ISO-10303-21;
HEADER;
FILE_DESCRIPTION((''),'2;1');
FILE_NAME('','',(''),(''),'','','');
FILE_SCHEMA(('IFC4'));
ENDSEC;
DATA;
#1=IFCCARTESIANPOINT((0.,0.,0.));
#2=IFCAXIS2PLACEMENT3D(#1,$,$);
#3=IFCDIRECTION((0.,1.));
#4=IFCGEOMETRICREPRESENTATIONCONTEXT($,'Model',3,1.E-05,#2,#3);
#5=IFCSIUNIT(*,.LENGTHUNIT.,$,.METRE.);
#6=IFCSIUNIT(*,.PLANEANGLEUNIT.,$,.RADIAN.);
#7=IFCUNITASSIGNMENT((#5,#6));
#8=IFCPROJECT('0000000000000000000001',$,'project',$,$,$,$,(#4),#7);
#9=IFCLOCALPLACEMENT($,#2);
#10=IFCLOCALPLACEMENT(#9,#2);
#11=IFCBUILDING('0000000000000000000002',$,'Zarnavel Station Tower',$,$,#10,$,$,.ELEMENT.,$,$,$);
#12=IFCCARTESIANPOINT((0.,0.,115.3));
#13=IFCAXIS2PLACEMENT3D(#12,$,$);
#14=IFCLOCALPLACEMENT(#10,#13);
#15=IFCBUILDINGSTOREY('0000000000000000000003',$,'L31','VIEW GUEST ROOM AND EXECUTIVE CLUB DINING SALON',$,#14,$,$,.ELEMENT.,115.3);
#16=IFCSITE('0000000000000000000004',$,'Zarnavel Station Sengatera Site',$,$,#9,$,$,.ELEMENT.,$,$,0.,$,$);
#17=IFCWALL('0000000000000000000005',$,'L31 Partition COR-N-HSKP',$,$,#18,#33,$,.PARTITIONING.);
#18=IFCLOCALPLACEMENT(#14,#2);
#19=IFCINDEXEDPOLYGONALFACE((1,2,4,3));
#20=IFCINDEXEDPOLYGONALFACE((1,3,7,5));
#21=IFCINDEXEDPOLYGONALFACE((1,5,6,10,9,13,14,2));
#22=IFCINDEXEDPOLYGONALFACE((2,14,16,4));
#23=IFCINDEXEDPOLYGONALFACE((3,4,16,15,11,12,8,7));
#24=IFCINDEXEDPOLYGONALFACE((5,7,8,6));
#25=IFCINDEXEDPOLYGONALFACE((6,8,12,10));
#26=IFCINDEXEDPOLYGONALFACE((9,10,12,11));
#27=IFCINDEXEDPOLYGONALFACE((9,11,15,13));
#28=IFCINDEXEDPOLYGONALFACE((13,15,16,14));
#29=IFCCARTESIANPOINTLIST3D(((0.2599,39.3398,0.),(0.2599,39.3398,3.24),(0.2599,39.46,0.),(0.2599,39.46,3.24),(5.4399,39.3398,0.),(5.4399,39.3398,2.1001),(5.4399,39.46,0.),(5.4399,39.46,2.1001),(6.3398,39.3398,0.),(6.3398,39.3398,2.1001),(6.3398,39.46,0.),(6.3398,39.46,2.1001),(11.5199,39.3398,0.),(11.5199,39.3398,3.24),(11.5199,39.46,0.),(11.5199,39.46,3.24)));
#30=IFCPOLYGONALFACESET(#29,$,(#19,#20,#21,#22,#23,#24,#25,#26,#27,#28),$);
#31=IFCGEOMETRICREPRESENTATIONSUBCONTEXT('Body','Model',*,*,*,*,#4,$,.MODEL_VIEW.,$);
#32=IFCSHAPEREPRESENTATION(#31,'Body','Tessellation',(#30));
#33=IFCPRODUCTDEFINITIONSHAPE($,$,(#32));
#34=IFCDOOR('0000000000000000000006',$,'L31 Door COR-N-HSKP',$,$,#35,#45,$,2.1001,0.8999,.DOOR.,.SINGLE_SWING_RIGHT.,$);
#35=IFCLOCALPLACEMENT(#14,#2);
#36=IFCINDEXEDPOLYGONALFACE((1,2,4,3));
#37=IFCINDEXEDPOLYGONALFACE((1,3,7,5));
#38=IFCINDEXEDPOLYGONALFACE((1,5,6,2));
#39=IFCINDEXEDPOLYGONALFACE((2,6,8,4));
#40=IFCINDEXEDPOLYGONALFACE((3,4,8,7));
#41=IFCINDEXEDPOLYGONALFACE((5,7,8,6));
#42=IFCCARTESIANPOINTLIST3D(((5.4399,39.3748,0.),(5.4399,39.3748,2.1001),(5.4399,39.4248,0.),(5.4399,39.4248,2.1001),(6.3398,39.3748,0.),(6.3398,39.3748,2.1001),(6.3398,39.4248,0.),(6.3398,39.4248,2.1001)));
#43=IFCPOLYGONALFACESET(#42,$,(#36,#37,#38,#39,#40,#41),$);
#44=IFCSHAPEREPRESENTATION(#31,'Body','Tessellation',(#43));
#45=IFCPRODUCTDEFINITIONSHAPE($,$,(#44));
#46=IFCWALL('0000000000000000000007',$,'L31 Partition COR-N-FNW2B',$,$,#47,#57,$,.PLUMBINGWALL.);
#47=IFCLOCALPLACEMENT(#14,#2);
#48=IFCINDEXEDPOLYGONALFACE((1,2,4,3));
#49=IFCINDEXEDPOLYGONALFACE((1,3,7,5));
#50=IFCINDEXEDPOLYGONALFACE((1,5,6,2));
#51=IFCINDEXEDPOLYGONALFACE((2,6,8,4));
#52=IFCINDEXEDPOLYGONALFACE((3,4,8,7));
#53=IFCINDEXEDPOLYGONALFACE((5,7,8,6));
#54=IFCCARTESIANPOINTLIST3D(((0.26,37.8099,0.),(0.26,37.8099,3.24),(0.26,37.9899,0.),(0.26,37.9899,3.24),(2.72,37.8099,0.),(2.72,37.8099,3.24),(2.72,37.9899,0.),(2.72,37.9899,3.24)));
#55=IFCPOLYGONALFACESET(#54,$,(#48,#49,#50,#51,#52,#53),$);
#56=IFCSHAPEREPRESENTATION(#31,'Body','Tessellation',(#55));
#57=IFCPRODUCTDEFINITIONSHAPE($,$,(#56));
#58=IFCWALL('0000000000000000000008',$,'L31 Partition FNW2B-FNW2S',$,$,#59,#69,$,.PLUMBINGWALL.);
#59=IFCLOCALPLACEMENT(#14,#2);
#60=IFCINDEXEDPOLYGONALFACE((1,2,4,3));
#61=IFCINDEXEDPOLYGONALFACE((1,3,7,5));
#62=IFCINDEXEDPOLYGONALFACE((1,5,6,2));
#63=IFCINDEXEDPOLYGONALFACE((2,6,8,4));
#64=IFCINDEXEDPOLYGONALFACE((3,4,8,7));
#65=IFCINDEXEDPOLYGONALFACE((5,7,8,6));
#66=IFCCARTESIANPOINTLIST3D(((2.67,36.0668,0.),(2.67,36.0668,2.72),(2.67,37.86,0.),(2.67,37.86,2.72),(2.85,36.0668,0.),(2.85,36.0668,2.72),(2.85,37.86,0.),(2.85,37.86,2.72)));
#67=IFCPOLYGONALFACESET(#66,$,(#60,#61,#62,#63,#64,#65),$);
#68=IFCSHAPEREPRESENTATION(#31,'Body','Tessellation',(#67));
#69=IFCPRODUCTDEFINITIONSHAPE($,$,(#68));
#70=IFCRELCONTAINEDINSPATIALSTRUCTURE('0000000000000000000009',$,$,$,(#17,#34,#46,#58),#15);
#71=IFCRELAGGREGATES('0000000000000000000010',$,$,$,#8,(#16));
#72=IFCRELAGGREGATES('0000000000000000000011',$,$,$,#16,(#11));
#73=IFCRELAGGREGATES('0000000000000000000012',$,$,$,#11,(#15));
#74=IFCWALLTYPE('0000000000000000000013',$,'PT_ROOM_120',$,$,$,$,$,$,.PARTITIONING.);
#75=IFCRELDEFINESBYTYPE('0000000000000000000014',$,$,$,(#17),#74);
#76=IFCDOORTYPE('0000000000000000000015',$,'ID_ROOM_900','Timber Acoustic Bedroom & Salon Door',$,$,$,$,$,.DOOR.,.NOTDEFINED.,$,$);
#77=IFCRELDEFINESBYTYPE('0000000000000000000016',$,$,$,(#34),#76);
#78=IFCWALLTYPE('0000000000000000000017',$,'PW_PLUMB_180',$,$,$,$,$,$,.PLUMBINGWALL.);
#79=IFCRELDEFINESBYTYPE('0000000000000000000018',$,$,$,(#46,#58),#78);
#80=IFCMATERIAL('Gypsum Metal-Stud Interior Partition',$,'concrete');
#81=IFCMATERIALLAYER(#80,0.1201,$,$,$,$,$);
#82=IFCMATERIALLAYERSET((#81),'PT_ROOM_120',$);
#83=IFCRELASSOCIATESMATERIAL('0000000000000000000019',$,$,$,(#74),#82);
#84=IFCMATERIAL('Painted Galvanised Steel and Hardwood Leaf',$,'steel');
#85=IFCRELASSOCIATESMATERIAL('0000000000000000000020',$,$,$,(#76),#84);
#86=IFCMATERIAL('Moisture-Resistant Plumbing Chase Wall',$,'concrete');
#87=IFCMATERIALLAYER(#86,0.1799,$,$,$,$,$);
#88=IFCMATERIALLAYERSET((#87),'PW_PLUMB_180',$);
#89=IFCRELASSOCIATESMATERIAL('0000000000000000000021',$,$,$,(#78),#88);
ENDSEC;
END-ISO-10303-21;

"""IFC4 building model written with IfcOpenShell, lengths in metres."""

from ifc_helpers import new_model, si_unit, direction, frame, frame_2d, origin, place, context, subcontext, project, spatial, rectangle, extrude, material, layer, layer_set, type_object, element, fill, save


model = new_model("IFC4")

# Units and contexts
model_context = context("Model", 3, precision=1e-05, world=origin(), true_north=direction((0.0, 1.0)))
body_context = subcontext(model_context, "Body", "Model", "MODEL_VIEW")
ifc_project = project(units=[si_unit("LENGTHUNIT", "METRE"), si_unit("PLANEANGLEUNIT", "RADIAN")], contexts=[model_context])

# Site, building, storey
site_placement = place(None, origin())
site = spatial("IfcSite", under=ifc_project, at=site_placement, Name="Zarnavel Station Sengatera Site", CompositionType="ELEMENT", RefElevation=0.0)
building_placement = place(site_placement, origin())
building = spatial("IfcBuilding", under=site, at=building_placement, Name="Zarnavel Station Tower", CompositionType="ELEMENT")
storey_placement = place(building_placement, frame((0.0, 0.0, 115.3)))
storey = spatial("IfcBuildingStorey", under=building, at=storey_placement, Name="L31", Description="VIEW GUEST ROOM AND EXECUTIVE CLUB DINING SALON", CompositionType="ELEMENT", Elevation=115.3)

# Wall, opening, door
ifc_material_1 = material(Name="Gypsum Metal-Stud Interior Partition", Category="concrete")
ifc_layer_1 = layer(ifc_material_1, 0.1201)
ifc_layer_set_1 = layer_set([ifc_layer_1], Name="PT_ROOM_120")
wall_type_1 = type_object("IfcWallType", Name="PT_ROOM_120", PredefinedType="PARTITIONING", material=ifc_layer_set_1)
wall_1_placement = place(storey_placement, frame((0.26, 39.3999, 0.0), z_axis=(0.0, 0.0, 1.0), x_axis=(1.0, 0.0, 0.0)))
wall_1 = element("IfcWall", 1, at=wall_1_placement, inside=storey, type_object=wall_type_1, Name="L31 Partition COR-N-HSKP", PredefinedType="PARTITIONING", context=body_context, shape_type="SweptSolid", body=[
    extrude(rectangle(XDim=11.26, YDim=0.1201, at=frame_2d((5.6299, 0.0))), origin(), (0.0, 0.0, 1.0), 3.24),
])
opening_placement = place(wall_1_placement, frame((5.1799, 0.0, 0.0)))
opening = element("IfcOpeningElement", 2, at=opening_placement, cuts=wall_1, PredefinedType="OPENING", context=body_context, shape_type="SweptSolid", body=[
    extrude(rectangle(XDim=0.8999, YDim=2.1001, at=frame_2d((0.45, 1.05))), frame((0.0, 0.0701, 0.0), z_axis=(0.0, -1.0, 0.0), x_axis=(1.0, 0.0, 0.0)), (0.0, 0.0, 1.0), 0.1401),
])
ifc_material_2 = material(Name="Painted Galvanised Steel and Hardwood Leaf", Category="steel")
door_type = type_object("IfcDoorType", Name="ID_ROOM_900", Description="Timber Acoustic Bedroom & Salon Door", OperationType="NOTDEFINED", PredefinedType="DOOR", material=ifc_material_2)
door_placement = place(opening_placement, origin())
door = element("IfcDoor", 3, at=door_placement, inside=storey, type_object=door_type, Name="L31 Door COR-N-HSKP", OperationType="SINGLE_SWING_RIGHT", OverallHeight=2.1001, OverallWidth=0.8999, PredefinedType="DOOR", context=body_context, shape_type="SweptSolid", body=[
    extrude(rectangle(XDim=0.8999, YDim=2.1001, at=frame_2d((0.45, 1.05))), frame((0.0, 0.0249, 0.0), z_axis=(0.0, -1.0, 0.0), x_axis=(1.0, 0.0, 0.0)), (0.0, 0.0, 1.0), 0.05),
])
fill(opening, door)

# Walls
ifc_material_3 = material(Name="Moisture-Resistant Plumbing Chase Wall", Category="concrete")
ifc_layer_2 = layer(ifc_material_3, 0.1799)
ifc_layer_set_2 = layer_set([ifc_layer_2], Name="PW_PLUMB_180")
wall_type_2 = type_object("IfcWallType", Name="PW_PLUMB_180", PredefinedType="PLUMBINGWALL", material=ifc_layer_set_2)
wall_2_placement = place(storey_placement, frame((0.26, 37.8999, 0.0), z_axis=(0.0, 0.0, 1.0), x_axis=(1.0, 0.0, 0.0)))
element("IfcWall", 4, at=wall_2_placement, inside=storey, type_object=wall_type_2, Name="L31 Partition COR-N-FNW2B", PredefinedType="PLUMBINGWALL", context=body_context, shape_type="SweptSolid", body=[
    extrude(rectangle(XDim=2.46, YDim=0.1799, at=frame_2d((1.23, 0.0))), origin(), (0.0, 0.0, 1.0), 3.24),
])
wall_3_placement = place(storey_placement, frame((2.76, 36.0669, 0.0), z_axis=(0.0, 0.0, 1.0), x_axis=(0.0, 1.0, 0.0)))
element("IfcWall", 5, at=wall_3_placement, inside=storey, type_object=wall_type_2, Name="L31 Partition FNW2B-FNW2S", PredefinedType="PLUMBINGWALL", context=body_context, shape_type="SweptSolid", body=[
    extrude(rectangle(XDim=1.7932, YDim=0.1799, at=frame_2d((0.8965, 0.0))), origin(), (0.0, 0.0, 1.0), 2.72),
])

save(model, "model.ifc")
